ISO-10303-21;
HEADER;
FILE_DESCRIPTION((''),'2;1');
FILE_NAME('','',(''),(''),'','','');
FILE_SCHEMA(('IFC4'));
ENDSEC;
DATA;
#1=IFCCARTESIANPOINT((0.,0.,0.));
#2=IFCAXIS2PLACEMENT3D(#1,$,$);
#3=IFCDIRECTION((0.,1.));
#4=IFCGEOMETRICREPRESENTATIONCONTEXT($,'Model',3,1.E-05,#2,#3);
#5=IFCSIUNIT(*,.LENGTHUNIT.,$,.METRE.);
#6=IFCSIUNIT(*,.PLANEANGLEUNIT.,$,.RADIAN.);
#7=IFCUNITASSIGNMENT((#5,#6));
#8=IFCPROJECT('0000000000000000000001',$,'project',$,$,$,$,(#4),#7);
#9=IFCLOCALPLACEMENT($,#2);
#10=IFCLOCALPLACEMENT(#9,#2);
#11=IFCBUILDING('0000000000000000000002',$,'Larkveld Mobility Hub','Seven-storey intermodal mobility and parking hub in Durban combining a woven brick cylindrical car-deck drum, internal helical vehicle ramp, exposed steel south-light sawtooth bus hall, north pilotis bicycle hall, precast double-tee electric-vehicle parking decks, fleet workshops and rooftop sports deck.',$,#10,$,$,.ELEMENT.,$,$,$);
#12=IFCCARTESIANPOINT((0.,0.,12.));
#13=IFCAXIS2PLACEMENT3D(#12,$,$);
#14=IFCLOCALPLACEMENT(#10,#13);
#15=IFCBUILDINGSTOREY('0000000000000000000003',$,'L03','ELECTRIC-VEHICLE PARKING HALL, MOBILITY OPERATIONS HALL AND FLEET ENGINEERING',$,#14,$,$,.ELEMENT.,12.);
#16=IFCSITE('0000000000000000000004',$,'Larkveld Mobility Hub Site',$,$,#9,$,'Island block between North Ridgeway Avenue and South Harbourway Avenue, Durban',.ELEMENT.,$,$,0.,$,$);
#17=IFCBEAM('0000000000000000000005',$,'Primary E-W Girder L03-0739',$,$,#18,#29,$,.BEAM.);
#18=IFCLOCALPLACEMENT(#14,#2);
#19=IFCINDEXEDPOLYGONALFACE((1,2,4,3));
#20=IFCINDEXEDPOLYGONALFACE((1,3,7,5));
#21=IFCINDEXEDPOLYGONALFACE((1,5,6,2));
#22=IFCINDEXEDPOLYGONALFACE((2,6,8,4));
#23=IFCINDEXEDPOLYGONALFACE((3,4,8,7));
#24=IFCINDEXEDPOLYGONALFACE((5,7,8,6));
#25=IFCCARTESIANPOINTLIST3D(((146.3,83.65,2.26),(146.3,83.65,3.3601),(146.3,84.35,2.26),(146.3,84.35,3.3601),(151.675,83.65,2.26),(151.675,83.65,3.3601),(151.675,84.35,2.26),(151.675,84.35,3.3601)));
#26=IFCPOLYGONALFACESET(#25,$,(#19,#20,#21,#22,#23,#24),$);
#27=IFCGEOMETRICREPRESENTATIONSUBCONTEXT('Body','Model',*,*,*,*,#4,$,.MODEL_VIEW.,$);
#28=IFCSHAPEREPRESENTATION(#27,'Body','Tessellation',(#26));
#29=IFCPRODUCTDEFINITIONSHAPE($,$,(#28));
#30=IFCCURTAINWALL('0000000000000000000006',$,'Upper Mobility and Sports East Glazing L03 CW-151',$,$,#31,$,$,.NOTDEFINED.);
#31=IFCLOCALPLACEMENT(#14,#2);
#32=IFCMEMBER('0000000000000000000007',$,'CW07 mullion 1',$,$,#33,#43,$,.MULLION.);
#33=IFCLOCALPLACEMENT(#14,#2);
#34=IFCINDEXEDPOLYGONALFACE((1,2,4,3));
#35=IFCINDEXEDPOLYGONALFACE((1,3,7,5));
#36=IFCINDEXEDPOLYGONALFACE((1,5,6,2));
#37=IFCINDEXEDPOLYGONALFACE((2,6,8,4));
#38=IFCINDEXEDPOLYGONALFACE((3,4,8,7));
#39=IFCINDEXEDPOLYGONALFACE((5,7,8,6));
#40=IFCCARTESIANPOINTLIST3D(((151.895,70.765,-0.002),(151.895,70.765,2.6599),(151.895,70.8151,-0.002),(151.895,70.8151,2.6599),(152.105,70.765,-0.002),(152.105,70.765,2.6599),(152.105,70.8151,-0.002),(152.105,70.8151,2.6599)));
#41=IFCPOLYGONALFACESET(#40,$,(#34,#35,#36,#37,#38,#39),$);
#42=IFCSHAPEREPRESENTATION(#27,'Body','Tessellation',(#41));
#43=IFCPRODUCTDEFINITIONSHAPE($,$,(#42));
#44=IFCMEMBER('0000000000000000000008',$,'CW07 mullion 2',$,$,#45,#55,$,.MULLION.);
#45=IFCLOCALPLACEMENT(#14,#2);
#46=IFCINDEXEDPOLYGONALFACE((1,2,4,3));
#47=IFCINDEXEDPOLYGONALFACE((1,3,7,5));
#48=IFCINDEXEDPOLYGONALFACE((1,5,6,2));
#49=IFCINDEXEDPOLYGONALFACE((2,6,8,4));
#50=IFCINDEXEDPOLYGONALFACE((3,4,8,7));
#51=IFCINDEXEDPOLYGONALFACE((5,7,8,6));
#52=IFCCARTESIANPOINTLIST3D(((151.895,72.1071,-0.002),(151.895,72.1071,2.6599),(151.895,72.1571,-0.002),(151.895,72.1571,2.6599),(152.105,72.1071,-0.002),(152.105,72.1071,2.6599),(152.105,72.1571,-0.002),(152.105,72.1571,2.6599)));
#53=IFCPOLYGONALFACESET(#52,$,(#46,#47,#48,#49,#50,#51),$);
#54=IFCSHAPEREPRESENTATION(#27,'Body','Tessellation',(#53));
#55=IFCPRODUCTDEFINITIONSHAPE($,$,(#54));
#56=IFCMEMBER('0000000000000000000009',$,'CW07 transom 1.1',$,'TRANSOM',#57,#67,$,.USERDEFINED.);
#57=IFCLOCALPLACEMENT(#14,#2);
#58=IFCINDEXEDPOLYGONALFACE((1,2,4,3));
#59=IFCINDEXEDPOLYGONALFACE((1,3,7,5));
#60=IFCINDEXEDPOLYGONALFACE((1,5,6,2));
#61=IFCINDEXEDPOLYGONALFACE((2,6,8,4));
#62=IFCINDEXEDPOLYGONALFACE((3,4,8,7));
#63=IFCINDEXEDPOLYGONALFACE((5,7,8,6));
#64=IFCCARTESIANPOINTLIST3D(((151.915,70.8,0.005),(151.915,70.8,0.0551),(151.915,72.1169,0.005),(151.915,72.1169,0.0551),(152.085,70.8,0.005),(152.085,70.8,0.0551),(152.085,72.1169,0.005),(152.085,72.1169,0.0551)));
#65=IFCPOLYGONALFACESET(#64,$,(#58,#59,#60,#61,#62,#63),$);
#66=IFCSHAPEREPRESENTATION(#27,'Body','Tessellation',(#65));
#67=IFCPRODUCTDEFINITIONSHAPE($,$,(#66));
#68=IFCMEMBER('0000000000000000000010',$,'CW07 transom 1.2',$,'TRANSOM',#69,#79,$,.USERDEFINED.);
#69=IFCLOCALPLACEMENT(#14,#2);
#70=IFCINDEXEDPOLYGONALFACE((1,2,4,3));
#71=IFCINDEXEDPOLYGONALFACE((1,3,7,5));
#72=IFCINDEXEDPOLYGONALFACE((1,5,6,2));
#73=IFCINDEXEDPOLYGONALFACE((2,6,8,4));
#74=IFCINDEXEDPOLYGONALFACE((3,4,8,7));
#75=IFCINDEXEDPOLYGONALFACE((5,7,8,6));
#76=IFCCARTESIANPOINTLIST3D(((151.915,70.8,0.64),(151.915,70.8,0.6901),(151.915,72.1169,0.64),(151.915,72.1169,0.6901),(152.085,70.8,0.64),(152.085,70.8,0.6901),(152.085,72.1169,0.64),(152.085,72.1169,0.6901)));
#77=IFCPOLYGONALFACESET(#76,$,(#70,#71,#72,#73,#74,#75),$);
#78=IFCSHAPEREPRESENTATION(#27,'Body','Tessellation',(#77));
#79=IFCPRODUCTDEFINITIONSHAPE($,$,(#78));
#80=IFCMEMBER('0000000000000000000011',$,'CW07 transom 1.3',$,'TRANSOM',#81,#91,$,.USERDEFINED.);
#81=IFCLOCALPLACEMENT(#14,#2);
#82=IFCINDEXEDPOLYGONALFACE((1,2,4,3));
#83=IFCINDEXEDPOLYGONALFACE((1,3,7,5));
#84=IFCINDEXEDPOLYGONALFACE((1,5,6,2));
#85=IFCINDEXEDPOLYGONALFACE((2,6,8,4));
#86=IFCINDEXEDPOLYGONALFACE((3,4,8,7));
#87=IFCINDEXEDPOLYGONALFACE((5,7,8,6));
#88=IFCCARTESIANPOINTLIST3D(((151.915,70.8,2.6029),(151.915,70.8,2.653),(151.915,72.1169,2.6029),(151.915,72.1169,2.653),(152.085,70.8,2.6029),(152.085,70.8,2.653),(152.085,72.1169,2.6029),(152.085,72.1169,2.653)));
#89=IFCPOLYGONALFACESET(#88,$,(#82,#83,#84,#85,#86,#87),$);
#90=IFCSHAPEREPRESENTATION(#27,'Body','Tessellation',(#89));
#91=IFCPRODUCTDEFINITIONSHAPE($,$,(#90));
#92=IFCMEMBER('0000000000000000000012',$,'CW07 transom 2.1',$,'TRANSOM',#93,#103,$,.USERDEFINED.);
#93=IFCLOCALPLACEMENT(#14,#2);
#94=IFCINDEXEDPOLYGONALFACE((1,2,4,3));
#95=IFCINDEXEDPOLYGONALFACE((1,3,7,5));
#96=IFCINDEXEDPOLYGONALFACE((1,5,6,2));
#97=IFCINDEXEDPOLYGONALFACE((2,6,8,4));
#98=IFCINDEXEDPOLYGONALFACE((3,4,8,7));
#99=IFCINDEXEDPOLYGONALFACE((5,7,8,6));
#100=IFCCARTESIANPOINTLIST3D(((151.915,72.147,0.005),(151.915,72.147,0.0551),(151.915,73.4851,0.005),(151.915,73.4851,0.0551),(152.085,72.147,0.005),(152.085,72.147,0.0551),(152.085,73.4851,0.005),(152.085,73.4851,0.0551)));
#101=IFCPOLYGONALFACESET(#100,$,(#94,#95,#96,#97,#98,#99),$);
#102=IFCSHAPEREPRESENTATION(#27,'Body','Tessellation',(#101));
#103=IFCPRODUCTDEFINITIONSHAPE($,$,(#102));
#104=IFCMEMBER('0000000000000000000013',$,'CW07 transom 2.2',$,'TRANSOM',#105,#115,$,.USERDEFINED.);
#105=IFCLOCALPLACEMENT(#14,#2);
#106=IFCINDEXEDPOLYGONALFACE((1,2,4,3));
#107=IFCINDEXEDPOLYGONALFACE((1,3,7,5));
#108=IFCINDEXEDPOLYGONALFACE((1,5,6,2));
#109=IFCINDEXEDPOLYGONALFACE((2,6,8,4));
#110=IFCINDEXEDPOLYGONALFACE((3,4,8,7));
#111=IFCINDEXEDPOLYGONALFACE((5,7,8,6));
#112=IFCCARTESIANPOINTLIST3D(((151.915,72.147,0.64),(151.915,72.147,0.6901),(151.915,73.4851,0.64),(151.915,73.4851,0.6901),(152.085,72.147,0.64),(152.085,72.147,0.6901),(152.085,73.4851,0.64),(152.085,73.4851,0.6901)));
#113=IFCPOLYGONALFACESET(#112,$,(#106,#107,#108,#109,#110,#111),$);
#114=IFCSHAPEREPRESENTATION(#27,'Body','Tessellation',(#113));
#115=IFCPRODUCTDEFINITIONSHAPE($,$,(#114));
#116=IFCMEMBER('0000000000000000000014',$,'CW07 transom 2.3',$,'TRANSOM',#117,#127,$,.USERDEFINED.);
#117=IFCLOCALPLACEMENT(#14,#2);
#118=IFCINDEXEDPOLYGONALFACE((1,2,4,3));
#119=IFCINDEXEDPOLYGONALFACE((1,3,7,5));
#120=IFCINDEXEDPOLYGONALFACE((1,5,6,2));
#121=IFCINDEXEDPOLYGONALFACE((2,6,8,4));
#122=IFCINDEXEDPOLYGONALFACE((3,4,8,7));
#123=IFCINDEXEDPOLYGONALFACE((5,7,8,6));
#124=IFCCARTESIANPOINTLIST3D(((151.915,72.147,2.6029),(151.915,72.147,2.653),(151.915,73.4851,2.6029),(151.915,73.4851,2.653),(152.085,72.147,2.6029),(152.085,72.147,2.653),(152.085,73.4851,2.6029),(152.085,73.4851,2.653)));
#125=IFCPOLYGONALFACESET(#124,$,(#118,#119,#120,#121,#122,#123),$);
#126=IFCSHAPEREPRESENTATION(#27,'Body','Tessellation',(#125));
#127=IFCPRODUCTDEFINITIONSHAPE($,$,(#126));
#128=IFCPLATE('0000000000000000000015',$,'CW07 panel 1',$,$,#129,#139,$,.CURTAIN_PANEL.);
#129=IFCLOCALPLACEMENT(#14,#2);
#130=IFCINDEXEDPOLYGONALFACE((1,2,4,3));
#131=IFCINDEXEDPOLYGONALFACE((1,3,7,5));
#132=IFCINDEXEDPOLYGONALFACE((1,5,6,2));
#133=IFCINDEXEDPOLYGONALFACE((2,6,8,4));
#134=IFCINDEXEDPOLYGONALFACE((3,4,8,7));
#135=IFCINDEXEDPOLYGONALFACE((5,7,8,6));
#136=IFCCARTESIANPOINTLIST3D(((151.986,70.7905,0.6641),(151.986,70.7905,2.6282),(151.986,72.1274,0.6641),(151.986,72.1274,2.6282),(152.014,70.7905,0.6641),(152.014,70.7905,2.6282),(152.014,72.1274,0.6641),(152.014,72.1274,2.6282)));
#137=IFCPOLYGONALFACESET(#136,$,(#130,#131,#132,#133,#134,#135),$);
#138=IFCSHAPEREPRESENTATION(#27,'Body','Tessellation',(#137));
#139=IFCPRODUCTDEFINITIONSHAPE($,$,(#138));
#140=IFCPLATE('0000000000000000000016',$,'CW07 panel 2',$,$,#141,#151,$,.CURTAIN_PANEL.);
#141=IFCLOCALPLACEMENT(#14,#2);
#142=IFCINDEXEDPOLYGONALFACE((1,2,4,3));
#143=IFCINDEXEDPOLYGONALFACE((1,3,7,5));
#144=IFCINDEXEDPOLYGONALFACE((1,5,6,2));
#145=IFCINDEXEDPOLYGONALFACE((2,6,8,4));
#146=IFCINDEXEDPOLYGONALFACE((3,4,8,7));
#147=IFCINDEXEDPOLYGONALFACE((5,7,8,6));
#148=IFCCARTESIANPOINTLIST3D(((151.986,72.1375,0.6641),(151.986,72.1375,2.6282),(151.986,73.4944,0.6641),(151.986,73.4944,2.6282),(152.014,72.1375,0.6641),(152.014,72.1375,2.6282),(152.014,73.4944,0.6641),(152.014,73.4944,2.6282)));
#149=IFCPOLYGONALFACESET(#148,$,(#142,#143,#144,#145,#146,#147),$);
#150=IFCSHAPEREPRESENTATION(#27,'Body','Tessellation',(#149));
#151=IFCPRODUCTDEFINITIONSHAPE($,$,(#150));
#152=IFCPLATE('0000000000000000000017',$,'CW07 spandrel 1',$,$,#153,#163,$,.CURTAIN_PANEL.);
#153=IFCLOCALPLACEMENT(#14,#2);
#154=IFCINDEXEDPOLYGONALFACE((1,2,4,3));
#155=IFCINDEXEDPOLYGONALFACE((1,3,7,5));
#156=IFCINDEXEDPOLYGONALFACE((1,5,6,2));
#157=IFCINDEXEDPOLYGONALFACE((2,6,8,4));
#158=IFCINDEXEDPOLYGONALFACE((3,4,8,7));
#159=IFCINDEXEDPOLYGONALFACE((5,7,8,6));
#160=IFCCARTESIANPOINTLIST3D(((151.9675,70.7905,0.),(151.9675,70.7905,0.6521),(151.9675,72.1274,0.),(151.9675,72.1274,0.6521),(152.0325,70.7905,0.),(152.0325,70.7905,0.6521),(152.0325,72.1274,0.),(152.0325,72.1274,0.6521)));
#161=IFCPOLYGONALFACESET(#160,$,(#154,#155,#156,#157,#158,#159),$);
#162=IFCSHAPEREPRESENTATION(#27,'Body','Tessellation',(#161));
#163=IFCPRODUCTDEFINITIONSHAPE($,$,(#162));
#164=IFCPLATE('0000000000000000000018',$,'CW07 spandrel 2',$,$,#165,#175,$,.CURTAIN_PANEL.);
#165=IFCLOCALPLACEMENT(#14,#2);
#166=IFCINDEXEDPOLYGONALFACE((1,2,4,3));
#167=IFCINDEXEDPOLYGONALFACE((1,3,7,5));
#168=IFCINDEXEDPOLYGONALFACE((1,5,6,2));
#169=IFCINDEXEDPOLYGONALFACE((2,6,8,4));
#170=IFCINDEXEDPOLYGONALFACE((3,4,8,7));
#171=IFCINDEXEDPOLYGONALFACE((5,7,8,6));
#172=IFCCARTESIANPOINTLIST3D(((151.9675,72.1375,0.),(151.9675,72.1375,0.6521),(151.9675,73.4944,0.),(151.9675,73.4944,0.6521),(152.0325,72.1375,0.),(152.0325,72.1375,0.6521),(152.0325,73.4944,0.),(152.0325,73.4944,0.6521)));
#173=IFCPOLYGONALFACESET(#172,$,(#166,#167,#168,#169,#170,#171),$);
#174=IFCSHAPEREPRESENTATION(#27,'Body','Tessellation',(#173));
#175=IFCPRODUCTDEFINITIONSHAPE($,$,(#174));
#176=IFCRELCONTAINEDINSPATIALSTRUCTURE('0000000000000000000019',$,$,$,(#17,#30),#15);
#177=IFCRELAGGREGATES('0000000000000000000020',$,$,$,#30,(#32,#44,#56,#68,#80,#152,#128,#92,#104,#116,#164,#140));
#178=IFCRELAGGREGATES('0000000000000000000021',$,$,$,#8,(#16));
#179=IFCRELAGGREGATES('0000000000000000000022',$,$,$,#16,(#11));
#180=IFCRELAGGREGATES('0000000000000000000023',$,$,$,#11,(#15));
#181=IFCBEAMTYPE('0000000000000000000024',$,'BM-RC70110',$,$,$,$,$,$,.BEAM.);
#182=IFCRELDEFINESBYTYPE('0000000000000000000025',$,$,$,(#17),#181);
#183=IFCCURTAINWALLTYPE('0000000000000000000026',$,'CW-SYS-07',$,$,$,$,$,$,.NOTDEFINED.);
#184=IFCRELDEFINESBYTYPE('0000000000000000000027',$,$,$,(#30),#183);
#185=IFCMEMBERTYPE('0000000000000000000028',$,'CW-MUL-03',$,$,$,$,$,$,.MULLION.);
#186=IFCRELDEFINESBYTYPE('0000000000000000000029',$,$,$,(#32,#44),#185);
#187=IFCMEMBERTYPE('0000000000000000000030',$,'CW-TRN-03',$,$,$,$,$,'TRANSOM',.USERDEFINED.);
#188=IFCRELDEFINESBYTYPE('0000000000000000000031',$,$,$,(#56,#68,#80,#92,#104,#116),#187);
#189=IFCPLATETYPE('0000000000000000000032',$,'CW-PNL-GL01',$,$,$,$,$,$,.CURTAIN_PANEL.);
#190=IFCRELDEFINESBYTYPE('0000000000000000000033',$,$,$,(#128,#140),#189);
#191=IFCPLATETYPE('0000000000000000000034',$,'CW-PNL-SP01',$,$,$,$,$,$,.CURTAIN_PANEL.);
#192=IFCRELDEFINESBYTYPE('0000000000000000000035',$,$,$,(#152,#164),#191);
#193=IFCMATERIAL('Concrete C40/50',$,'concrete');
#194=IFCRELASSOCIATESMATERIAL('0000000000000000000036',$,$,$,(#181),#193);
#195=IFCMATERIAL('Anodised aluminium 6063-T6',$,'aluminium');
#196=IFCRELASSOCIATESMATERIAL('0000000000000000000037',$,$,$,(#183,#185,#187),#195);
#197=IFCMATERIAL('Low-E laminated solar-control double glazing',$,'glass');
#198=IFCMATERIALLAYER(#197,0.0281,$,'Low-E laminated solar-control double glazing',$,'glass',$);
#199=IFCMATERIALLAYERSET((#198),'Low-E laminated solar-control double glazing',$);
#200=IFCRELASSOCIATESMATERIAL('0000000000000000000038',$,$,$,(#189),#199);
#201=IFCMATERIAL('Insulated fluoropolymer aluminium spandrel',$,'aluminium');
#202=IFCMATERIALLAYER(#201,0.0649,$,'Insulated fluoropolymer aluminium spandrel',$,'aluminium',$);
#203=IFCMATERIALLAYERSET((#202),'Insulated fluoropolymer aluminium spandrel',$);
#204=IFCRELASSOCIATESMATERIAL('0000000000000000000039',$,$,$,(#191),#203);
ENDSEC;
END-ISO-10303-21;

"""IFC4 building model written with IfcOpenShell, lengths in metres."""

from ifc_helpers import new_model, si_unit, direction, frame, origin, origin_2d, place, context, subcontext, project, spatial, rectangle, extrude, material, layer, layer_set, material_profile, profile_set, type_object, element, aggregate, save


model = new_model("IFC4")

# Units and contexts
model_context = context("Model", 3, precision=1e-05, world=origin(), true_north=direction((0.0, 1.0)))
body_context = subcontext(model_context, "Body", "Model", "MODEL_VIEW")
ifc_project = project(units=[si_unit("LENGTHUNIT", "METRE"), si_unit("PLANEANGLEUNIT", "RADIAN")], contexts=[model_context])

# Site, building, storey
site_placement = place(None, origin())
site = spatial("IfcSite", under=ifc_project, at=site_placement, Name="Larkveld Mobility Hub Site", LongName="Island block between North Ridgeway Avenue and South Harbourway Avenue, Durban", CompositionType="ELEMENT", RefElevation=0.0)
building_placement = place(site_placement, origin())
building = spatial("IfcBuilding", under=site, at=building_placement, Name="Larkveld Mobility Hub", Description="Seven-storey intermodal mobility and parking hub in Durban combining a woven brick cylindrical car-deck drum, internal helical vehicle ramp, exposed steel south-light sawtooth bus hall, north pilotis bicycle hall, precast double-tee electric-vehicle parking decks, fleet workshops and rooftop sports deck.", CompositionType="ELEMENT")
storey_placement = place(building_placement, frame((0.0, 0.0, 12.0)))
storey = spatial("IfcBuildingStorey", under=building, at=storey_placement, Name="L03", Description="ELECTRIC-VEHICLE PARKING HALL, MOBILITY OPERATIONS HALL AND FLEET ENGINEERING", CompositionType="ELEMENT", Elevation=12.0)

# Shared definitions
ifc_material_1 = material(Name="Concrete C40/50", Category="concrete")

# Beam
ifc_material_profile_1 = material_profile(ifc_material_1, rectangle(XDim=0.7, YDim=1.1001, at=origin_2d()), Name="RC BM 700x1100")
ifc_profile_set_1 = profile_set([ifc_material_profile_1], Name="Concrete C40/50")
beam_type_1 = type_object("IfcBeamType", Name="BM-RC70110", PredefinedType="BEAM", material=ifc_profile_set_1)
beam_1_placement = place(storey_placement, frame((146.3, 84.0, 2.8101), z_axis=(1.0, 0.0, 0.0), x_axis=(0.0, 1.0, 0.0)))
element("IfcBeam", 1, at=beam_1_placement, inside=storey, type_object=beam_type_1, Name="Primary E-W Girder L03-0739", PredefinedType="BEAM", context=body_context, shape_type="SweptSolid", body=[
    extrude(rectangle(XDim=0.7, YDim=1.1001, at=origin_2d()), origin(), (0.0, 0.0, 1.0), 5.375),
])

# Curtain wall, members, plates
ifc_material_2 = material(Name="Anodised aluminium 6063-T6", Category="aluminium")
curtain_wall_type = type_object("IfcCurtainWallType", Name="CW-SYS-07", PredefinedType="NOTDEFINED", material=ifc_material_2)
curtain_wall_placement = place(storey_placement, origin())
curtain_wall = element("IfcCurtainWall", 2, at=curtain_wall_placement, inside=storey, type_object=curtain_wall_type, Name="Upper Mobility and Sports East Glazing L03 CW-151", PredefinedType="NOTDEFINED")
ifc_material_profile_2 = material_profile(ifc_material_2, rectangle(XDim=0.05, YDim=0.21, at=origin_2d()), Name="ALU MULL 50x210")
ifc_profile_set_2 = profile_set([ifc_material_profile_2], Name="Anodised aluminium 6063-T6")
member_type_1 = type_object("IfcMemberType", Name="CW-MUL-03", PredefinedType="MULLION", material=ifc_profile_set_2)
member_1_placement = place(storey_placement, frame((152.0, 70.79, -0.002), z_axis=(0.0, 0.0, 1.0), x_axis=(0.0, 1.0, 0.0)))
member_1 = element("IfcMember", 3, at=member_1_placement, type_object=member_type_1, Name="CW07 mullion 1", PredefinedType="MULLION", context=body_context, shape_type="SweptSolid", body=[
    extrude(rectangle(XDim=0.05, YDim=0.21, at=origin_2d()), origin(), (0.0, 0.0, 1.0), 2.6619),
])
member_2_placement = place(storey_placement, frame((152.0, 72.1321, -0.002), z_axis=(0.0, 0.0, 1.0), x_axis=(0.0, 1.0, 0.0)))
member_2 = element("IfcMember", 4, at=member_2_placement, type_object=member_type_1, Name="CW07 mullion 2", PredefinedType="MULLION", context=body_context, shape_type="SweptSolid", body=[
    extrude(rectangle(XDim=0.05, YDim=0.21, at=origin_2d()), origin(), (0.0, 0.0, 1.0), 2.6619),
])
ifc_material_profile_3 = material_profile(ifc_material_2, rectangle(XDim=0.1699, YDim=0.05, at=origin_2d()), Name="ALU TRAN 50x170")
ifc_profile_set_3 = profile_set([ifc_material_profile_3], Name="Anodised aluminium 6063-T6")
member_type_2 = type_object("IfcMemberType", Name="CW-TRN-03", ElementType="TRANSOM", PredefinedType="USERDEFINED", material=ifc_profile_set_3)
member_3_placement = place(storey_placement, frame((152.0, 70.8, 0.03), z_axis=(0.0, 1.0, 0.0), x_axis=(-1.0, 0.0, 0.0)))
member_3 = element("IfcMember", 5, at=member_3_placement, type_object=member_type_2, Name="CW07 transom 1.1", ObjectType="TRANSOM", PredefinedType="USERDEFINED", context=body_context, shape_type="SweptSolid", body=[
    extrude(rectangle(XDim=0.1699, YDim=0.05, at=origin_2d()), origin(), (0.0, 0.0, 1.0), 1.3169),
])
member_4_placement = place(storey_placement, frame((152.0, 70.8, 0.665), z_axis=(0.0, 1.0, 0.0), x_axis=(-1.0, 0.0, 0.0)))
member_4 = element("IfcMember", 6, at=member_4_placement, type_object=member_type_2, Name="CW07 transom 1.2", ObjectType="TRANSOM", PredefinedType="USERDEFINED", context=body_context, shape_type="SweptSolid", body=[
    extrude(rectangle(XDim=0.1699, YDim=0.05, at=origin_2d()), origin(), (0.0, 0.0, 1.0), 1.3169),
])
member_5_placement = place(storey_placement, frame((152.0, 70.8, 2.6279), z_axis=(0.0, 1.0, 0.0), x_axis=(-1.0, 0.0, 0.0)))
member_5 = element("IfcMember", 7, at=member_5_placement, type_object=member_type_2, Name="CW07 transom 1.3", ObjectType="TRANSOM", PredefinedType="USERDEFINED", context=body_context, shape_type="SweptSolid", body=[
    extrude(rectangle(XDim=0.1699, YDim=0.05, at=origin_2d()), origin(), (0.0, 0.0, 1.0), 1.3169),
])
member_6_placement = place(storey_placement, frame((152.0, 72.147, 0.03), z_axis=(0.0, 1.0, 0.0), x_axis=(-1.0, 0.0, 0.0)))
member_6 = element("IfcMember", 8, at=member_6_placement, type_object=member_type_2, Name="CW07 transom 2.1", ObjectType="TRANSOM", PredefinedType="USERDEFINED", context=body_context, shape_type="SweptSolid", body=[
    extrude(rectangle(XDim=0.1699, YDim=0.05, at=origin_2d()), origin(), (0.0, 0.0, 1.0), 1.3381),
])
member_7_placement = place(storey_placement, frame((152.0, 72.147, 0.665), z_axis=(0.0, 1.0, 0.0), x_axis=(-1.0, 0.0, 0.0)))
member_7 = element("IfcMember", 9, at=member_7_placement, type_object=member_type_2, Name="CW07 transom 2.2", ObjectType="TRANSOM", PredefinedType="USERDEFINED", context=body_context, shape_type="SweptSolid", body=[
    extrude(rectangle(XDim=0.1699, YDim=0.05, at=origin_2d()), origin(), (0.0, 0.0, 1.0), 1.3381),
])
member_8_placement = place(storey_placement, frame((152.0, 72.147, 2.6279), z_axis=(0.0, 1.0, 0.0), x_axis=(-1.0, 0.0, 0.0)))
member_8 = element("IfcMember", 10, at=member_8_placement, type_object=member_type_2, Name="CW07 transom 2.3", ObjectType="TRANSOM", PredefinedType="USERDEFINED", context=body_context, shape_type="SweptSolid", body=[
    extrude(rectangle(XDim=0.1699, YDim=0.05, at=origin_2d()), origin(), (0.0, 0.0, 1.0), 1.3381),
])
ifc_material_3 = material(Name="Low-E laminated solar-control double glazing", Category="glass")
ifc_layer_1 = layer(ifc_material_3, 0.0281, Name="Low-E laminated solar-control double glazing", Category="glass")
ifc_layer_set_1 = layer_set([ifc_layer_1], Name="Low-E laminated solar-control double glazing")
plate_type_1 = type_object("IfcPlateType", Name="CW-PNL-GL01", PredefinedType="CURTAIN_PANEL", material=ifc_layer_set_1)
plate_1_placement = place(storey_placement, frame((152.0, 71.459, 0.6641), z_axis=(0.0, 0.0, 1.0), x_axis=(0.0, 1.0, 0.0)))
plate_1 = element("IfcPlate", 11, at=plate_1_placement, type_object=plate_type_1, Name="CW07 panel 1", PredefinedType="CURTAIN_PANEL", context=body_context, shape_type="SweptSolid", body=[
    extrude(rectangle(XDim=1.3369, YDim=0.0281, at=origin_2d()), origin(), (0.0, 0.0, 1.0), 1.9641),
])
plate_2_placement = place(storey_placement, frame((152.0, 72.8159, 0.6641), z_axis=(0.0, 0.0, 1.0), x_axis=(0.0, 1.0, 0.0)))
plate_2 = element("IfcPlate", 12, at=plate_2_placement, type_object=plate_type_1, Name="CW07 panel 2", PredefinedType="CURTAIN_PANEL", context=body_context, shape_type="SweptSolid", body=[
    extrude(rectangle(XDim=1.3569, YDim=0.0281, at=origin_2d()), origin(), (0.0, 0.0, 1.0), 1.9641),
])
ifc_material_4 = material(Name="Insulated fluoropolymer aluminium spandrel", Category="aluminium")
ifc_layer_2 = layer(ifc_material_4, 0.0649, Name="Insulated fluoropolymer aluminium spandrel", Category="aluminium")
ifc_layer_set_2 = layer_set([ifc_layer_2], Name="Insulated fluoropolymer aluminium spandrel")
plate_type_2 = type_object("IfcPlateType", Name="CW-PNL-SP01", PredefinedType="CURTAIN_PANEL", material=ifc_layer_set_2)
plate_3_placement = place(storey_placement, frame((152.0, 71.459, 0.0), z_axis=(0.0, 0.0, 1.0), x_axis=(0.0, 1.0, 0.0)))
plate_3 = element("IfcPlate", 13, at=plate_3_placement, type_object=plate_type_2, Name="CW07 spandrel 1", PredefinedType="CURTAIN_PANEL", context=body_context, shape_type="SweptSolid", body=[
    extrude(rectangle(XDim=1.3369, YDim=0.0649, at=origin_2d()), origin(), (0.0, 0.0, 1.0), 0.6521),
])
plate_4_placement = place(storey_placement, frame((152.0, 72.8159, 0.0), z_axis=(0.0, 0.0, 1.0), x_axis=(0.0, 1.0, 0.0)))
plate_4 = element("IfcPlate", 14, at=plate_4_placement, type_object=plate_type_2, Name="CW07 spandrel 2", PredefinedType="CURTAIN_PANEL", context=body_context, shape_type="SweptSolid", body=[
    extrude(rectangle(XDim=1.3569, YDim=0.0649, at=origin_2d()), origin(), (0.0, 0.0, 1.0), 0.6521),
])
aggregate(curtain_wall, [member_1, member_2, member_3, member_4, member_5, plate_3, plate_1, member_6, member_7, member_8, plate_4, plate_2])

save(model, "model.ifc")
